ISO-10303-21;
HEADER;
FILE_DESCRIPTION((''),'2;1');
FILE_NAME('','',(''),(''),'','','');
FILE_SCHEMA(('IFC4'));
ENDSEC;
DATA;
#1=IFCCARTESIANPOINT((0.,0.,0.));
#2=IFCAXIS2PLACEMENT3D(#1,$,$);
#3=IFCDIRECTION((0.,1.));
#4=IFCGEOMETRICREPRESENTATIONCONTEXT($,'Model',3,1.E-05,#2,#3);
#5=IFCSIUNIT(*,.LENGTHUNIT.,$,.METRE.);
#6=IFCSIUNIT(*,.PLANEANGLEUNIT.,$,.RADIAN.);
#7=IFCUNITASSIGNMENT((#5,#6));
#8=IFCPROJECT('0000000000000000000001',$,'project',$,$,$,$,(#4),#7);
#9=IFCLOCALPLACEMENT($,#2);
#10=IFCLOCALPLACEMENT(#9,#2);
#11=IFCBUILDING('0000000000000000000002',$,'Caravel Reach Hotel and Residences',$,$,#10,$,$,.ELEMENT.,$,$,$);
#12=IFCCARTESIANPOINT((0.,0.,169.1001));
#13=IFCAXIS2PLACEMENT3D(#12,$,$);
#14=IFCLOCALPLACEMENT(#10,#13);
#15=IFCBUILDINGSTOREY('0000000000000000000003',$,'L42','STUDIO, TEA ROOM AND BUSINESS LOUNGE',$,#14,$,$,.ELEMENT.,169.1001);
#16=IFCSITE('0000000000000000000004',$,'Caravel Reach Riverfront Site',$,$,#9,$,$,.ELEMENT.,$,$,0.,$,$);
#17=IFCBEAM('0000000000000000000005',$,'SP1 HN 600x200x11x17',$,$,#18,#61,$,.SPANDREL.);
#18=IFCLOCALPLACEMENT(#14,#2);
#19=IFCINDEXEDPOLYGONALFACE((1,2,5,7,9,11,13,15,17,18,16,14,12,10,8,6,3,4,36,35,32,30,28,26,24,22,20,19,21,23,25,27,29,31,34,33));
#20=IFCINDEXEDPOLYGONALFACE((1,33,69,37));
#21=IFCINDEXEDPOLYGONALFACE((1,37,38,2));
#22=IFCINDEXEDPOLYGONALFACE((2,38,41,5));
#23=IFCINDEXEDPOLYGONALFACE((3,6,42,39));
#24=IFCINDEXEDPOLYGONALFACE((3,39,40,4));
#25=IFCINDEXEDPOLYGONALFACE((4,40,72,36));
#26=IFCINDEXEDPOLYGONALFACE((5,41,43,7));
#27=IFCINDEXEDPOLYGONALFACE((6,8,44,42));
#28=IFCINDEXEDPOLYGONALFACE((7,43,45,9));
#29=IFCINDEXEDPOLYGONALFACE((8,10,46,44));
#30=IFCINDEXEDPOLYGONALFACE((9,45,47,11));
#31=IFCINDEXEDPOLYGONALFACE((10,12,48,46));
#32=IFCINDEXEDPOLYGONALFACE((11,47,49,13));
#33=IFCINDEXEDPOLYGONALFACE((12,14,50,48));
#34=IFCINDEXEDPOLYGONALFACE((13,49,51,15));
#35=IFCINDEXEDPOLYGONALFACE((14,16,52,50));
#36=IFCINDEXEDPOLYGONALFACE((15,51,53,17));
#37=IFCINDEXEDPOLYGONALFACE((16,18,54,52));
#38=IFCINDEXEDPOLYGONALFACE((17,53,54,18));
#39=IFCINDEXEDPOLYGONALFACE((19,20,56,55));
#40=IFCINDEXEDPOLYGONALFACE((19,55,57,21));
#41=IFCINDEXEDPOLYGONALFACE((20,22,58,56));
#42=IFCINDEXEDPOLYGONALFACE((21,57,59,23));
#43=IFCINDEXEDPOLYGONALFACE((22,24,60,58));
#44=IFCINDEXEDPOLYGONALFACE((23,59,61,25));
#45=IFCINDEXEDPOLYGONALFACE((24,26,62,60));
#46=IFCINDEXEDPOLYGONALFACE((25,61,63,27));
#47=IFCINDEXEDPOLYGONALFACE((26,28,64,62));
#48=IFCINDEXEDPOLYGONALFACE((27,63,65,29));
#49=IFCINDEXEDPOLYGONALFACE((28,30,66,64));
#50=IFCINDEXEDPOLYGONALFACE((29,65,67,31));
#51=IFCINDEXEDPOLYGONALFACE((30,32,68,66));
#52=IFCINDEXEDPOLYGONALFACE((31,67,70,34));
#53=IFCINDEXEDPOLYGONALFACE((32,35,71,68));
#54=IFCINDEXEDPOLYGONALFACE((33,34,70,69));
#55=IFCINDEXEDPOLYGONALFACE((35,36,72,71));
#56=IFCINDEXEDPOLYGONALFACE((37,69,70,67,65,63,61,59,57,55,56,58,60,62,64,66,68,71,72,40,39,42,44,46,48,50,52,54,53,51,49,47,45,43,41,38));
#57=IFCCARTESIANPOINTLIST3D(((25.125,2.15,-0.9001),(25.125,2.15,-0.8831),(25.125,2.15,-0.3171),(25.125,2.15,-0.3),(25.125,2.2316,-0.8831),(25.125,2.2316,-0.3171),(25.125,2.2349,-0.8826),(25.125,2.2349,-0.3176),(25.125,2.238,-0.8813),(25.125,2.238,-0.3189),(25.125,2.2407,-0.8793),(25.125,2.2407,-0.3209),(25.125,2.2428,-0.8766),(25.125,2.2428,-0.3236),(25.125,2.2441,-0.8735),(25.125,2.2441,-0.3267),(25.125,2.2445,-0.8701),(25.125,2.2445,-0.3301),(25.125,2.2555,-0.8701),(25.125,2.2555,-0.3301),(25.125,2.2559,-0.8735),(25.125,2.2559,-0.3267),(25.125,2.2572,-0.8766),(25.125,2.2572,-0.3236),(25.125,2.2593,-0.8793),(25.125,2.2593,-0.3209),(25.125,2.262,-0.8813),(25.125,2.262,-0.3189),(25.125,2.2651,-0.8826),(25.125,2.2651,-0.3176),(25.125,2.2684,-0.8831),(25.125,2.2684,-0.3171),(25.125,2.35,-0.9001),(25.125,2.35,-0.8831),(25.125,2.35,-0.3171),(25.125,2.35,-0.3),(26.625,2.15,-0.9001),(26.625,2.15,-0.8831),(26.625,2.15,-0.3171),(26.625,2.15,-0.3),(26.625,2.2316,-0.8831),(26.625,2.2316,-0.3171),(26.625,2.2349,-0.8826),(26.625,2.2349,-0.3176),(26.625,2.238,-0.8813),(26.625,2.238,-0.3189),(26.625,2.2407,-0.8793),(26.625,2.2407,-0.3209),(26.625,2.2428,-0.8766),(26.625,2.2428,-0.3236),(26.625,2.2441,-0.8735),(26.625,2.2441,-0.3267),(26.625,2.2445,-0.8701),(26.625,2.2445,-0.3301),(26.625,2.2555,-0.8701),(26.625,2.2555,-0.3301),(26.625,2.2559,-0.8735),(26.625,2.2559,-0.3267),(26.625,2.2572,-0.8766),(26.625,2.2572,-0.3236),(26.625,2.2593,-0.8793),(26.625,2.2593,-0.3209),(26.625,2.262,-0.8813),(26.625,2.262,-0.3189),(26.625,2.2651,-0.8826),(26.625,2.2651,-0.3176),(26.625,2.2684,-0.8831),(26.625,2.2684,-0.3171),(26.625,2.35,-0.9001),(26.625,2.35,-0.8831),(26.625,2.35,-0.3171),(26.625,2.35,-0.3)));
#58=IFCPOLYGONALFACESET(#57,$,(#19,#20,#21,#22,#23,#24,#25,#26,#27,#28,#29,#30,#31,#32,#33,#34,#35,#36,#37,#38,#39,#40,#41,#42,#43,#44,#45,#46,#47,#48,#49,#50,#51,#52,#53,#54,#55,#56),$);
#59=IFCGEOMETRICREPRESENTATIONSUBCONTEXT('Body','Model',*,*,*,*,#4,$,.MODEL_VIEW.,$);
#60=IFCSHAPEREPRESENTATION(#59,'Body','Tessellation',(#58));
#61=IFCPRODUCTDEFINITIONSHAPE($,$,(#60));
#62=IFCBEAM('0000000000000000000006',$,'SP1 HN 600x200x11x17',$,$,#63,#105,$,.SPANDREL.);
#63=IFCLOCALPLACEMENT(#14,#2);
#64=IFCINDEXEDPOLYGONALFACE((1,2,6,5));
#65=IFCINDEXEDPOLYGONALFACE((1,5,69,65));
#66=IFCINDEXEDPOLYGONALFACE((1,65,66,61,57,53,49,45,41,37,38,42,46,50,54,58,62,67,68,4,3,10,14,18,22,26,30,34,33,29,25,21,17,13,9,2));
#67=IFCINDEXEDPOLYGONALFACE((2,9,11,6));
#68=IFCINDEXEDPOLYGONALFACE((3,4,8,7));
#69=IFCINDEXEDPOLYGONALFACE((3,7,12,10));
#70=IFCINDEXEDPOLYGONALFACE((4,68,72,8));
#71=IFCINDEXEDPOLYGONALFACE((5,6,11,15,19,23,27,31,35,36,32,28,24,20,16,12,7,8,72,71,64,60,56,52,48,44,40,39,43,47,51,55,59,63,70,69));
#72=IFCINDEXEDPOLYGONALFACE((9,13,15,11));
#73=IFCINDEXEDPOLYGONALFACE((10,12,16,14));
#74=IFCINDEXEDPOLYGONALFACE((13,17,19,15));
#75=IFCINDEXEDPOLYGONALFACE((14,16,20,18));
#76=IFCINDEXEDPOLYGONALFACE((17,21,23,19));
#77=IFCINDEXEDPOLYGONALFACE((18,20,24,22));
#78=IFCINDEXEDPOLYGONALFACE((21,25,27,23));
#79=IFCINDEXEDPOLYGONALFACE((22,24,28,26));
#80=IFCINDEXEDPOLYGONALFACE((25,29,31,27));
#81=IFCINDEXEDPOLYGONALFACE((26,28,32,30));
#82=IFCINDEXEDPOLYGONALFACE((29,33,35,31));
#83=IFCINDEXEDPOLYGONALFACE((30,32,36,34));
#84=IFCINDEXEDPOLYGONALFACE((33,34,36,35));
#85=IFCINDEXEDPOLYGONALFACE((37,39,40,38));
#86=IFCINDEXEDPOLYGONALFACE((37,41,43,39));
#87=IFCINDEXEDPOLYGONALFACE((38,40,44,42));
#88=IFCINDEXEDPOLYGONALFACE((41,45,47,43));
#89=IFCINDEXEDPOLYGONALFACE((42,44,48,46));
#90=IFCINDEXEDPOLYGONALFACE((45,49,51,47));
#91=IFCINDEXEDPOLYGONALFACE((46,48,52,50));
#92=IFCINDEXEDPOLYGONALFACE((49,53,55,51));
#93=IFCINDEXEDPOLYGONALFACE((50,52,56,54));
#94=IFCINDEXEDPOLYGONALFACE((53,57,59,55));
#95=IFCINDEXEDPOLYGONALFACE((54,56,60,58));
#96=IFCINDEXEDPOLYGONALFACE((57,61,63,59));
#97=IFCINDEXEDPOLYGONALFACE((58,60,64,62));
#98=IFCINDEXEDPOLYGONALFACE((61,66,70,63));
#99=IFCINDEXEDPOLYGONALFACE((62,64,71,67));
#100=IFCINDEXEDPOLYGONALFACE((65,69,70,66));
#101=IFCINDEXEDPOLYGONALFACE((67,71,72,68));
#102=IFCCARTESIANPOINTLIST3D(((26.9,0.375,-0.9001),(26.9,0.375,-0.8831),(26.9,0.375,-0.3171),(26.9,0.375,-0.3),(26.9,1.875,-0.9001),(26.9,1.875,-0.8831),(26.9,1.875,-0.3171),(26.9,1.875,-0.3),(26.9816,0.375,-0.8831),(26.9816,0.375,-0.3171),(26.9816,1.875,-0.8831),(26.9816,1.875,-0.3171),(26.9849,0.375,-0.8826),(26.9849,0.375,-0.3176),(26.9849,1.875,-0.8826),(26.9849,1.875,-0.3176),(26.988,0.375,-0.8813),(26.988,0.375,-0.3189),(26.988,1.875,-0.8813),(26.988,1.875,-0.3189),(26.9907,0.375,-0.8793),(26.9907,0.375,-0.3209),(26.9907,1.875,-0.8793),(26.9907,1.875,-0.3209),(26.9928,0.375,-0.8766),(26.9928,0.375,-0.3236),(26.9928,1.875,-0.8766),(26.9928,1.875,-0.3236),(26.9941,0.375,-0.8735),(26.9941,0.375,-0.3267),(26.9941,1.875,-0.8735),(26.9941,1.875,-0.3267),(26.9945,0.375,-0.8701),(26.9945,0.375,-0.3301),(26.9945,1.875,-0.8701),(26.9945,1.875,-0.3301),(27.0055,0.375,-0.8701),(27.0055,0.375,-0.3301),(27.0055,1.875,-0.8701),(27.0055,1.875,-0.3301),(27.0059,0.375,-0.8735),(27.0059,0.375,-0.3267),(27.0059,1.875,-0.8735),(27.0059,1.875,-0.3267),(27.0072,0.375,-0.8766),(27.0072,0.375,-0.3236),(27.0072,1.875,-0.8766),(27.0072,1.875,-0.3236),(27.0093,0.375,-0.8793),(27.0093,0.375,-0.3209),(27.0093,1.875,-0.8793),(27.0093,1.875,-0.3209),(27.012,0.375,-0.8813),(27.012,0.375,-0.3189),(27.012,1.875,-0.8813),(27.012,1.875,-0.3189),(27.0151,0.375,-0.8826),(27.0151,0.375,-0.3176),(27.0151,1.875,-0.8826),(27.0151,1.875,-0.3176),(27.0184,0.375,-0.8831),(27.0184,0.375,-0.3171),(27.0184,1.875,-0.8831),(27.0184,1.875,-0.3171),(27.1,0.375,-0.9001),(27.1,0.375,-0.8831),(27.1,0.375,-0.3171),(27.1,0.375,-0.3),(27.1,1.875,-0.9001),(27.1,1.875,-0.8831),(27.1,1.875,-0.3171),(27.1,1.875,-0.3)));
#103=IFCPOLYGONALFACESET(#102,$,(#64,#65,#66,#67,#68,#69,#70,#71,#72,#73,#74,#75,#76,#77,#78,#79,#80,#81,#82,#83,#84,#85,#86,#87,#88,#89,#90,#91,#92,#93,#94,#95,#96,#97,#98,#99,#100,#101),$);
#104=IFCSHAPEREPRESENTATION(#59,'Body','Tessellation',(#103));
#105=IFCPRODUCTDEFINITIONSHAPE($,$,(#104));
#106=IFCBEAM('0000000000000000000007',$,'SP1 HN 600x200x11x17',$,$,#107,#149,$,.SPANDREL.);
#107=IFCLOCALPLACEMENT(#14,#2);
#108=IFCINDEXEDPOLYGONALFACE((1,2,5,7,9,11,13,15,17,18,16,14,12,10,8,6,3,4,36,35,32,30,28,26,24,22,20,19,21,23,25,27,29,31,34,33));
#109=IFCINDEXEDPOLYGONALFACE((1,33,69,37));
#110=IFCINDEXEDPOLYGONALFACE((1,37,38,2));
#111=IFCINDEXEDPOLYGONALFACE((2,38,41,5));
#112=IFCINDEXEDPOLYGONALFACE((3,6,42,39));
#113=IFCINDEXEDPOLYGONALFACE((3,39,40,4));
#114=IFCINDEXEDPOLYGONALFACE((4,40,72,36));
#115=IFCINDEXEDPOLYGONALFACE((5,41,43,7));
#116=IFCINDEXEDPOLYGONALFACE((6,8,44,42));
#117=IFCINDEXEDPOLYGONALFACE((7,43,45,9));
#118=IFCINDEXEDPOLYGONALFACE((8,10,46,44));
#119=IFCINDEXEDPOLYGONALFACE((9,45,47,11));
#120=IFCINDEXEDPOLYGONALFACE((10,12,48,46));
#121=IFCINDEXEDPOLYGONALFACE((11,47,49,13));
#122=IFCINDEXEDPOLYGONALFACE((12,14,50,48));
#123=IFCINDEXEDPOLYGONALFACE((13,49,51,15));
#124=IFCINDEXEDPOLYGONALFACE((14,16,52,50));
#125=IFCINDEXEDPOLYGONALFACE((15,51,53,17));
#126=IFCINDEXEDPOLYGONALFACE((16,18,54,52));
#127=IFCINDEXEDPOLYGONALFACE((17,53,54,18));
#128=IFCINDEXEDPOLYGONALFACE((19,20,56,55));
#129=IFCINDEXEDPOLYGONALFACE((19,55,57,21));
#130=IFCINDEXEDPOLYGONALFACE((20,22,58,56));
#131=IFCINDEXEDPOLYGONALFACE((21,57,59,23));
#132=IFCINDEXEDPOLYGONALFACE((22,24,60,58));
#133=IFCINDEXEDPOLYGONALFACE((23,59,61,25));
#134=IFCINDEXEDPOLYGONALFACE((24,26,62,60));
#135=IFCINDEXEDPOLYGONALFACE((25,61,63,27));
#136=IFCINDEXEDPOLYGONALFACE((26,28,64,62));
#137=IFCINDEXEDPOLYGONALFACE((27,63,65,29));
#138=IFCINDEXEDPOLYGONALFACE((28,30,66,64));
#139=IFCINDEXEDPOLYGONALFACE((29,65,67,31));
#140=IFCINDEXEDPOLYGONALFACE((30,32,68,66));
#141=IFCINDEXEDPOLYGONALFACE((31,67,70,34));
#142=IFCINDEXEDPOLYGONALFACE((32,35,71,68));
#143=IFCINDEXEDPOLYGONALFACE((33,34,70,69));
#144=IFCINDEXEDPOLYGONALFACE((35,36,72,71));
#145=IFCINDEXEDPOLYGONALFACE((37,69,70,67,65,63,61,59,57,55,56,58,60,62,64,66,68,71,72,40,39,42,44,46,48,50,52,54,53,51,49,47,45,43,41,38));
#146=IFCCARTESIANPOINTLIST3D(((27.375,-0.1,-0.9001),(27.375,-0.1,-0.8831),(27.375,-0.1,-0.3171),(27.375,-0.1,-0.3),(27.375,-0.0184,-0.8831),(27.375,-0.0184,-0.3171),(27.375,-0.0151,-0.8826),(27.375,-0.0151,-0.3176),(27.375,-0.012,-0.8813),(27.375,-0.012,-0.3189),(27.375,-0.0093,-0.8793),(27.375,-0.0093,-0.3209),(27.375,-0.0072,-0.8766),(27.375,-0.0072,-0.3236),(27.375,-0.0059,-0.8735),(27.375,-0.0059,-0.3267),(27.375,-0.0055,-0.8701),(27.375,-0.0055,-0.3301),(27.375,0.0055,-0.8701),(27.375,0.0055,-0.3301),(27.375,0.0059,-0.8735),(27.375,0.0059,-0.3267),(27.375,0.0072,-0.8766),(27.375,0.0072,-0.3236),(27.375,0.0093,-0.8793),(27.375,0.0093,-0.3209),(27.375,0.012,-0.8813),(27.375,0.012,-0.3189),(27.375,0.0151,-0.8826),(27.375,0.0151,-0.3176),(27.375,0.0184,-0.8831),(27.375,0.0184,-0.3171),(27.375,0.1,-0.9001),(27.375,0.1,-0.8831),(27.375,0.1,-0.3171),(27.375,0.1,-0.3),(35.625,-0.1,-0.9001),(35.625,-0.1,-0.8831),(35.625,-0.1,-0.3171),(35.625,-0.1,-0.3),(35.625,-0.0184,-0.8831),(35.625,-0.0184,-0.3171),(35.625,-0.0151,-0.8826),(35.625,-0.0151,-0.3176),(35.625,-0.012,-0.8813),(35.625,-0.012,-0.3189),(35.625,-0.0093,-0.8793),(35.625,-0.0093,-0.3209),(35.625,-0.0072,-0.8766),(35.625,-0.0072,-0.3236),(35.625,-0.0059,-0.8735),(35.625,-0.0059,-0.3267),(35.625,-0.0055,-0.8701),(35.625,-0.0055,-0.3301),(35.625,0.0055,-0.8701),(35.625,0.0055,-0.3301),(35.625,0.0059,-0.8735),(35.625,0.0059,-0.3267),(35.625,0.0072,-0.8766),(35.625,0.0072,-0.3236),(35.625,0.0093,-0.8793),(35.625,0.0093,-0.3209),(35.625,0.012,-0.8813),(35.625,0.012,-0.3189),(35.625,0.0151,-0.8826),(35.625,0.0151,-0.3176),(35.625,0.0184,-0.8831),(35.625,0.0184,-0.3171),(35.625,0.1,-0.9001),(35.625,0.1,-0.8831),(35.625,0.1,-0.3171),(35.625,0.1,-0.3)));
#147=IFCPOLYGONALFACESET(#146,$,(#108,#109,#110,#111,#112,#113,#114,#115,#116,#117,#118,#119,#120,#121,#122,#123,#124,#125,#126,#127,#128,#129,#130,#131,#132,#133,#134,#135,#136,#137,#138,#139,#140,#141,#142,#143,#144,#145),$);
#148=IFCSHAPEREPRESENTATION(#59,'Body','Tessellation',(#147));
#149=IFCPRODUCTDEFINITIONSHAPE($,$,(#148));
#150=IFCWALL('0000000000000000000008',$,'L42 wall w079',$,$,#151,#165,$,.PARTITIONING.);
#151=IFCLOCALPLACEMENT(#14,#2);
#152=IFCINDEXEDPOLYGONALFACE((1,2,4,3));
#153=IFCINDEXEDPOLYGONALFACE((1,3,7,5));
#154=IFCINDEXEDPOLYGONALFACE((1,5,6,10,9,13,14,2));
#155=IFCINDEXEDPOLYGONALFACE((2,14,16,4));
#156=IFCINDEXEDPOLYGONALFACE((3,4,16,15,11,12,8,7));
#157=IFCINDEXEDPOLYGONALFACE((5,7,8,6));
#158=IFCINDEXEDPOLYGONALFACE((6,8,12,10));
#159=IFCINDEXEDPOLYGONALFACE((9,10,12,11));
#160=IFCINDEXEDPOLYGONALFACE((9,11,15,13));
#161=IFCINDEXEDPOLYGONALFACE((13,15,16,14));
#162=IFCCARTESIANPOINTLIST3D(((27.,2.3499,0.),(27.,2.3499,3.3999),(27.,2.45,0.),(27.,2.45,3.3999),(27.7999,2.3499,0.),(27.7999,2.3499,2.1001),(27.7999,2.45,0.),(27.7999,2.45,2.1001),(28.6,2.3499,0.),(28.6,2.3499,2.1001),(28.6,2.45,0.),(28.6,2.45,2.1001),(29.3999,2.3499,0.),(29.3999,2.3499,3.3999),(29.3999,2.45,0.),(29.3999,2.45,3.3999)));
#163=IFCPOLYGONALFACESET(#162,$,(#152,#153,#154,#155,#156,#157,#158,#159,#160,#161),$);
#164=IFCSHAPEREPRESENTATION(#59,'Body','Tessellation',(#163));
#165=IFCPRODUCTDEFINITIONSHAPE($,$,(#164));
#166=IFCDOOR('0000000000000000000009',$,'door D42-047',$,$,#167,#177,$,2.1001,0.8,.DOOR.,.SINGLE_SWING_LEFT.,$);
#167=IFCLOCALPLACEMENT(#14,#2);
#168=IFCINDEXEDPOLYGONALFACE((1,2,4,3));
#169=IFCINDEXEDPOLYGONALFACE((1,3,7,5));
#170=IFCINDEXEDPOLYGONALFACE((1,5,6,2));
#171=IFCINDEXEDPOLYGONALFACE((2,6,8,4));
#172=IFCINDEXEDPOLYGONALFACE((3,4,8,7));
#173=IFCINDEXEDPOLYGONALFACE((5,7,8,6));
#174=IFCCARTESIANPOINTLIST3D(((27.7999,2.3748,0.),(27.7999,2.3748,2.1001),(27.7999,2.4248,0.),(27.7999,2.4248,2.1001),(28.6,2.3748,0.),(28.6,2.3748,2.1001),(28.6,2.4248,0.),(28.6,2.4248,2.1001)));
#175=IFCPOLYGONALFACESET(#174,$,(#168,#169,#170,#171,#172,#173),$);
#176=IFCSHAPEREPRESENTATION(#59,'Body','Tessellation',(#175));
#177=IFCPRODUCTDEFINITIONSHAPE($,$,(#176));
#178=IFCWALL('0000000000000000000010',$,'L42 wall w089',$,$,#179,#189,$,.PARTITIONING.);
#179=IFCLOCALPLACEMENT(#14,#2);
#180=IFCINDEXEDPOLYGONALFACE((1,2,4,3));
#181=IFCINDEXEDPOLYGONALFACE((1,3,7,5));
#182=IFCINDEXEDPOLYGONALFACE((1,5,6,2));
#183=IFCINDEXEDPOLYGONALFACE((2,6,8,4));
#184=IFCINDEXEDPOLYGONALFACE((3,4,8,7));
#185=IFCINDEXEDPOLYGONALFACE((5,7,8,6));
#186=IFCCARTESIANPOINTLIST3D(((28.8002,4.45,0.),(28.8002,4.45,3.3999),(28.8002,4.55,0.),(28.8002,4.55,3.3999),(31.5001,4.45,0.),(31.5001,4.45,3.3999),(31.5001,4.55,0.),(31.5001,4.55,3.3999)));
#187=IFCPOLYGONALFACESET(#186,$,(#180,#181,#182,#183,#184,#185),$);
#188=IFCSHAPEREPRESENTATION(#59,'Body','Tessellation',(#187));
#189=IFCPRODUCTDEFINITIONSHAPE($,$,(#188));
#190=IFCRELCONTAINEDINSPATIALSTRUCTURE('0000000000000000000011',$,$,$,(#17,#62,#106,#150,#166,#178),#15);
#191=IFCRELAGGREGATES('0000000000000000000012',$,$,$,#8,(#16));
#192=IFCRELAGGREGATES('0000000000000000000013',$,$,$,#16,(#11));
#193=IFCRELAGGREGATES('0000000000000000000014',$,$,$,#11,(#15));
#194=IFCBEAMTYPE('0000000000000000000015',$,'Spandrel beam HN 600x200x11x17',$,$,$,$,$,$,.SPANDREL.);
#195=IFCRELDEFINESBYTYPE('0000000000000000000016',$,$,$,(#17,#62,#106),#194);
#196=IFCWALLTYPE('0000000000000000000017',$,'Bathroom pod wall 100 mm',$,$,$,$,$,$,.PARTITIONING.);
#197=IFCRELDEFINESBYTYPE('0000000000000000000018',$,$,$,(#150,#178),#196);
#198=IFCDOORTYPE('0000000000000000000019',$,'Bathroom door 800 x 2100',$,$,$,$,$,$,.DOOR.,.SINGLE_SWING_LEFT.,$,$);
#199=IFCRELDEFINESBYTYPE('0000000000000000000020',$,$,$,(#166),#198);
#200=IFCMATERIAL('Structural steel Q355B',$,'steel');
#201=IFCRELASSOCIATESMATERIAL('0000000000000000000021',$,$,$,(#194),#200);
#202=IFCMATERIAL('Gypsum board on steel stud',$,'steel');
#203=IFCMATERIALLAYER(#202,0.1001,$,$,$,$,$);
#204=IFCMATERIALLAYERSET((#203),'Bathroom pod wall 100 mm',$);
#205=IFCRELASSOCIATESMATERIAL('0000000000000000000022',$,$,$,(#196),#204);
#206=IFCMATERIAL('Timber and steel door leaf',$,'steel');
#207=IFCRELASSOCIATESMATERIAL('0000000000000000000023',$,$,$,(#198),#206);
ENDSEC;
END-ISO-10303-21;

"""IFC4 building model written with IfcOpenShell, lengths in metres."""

from ifc_helpers import new_model, si_unit, direction, frame, frame_2d, origin, origin_2d, place, context, subcontext, project, spatial, rectangle, i_section, extrude, material, layer, layer_set, material_profile, profile_set, type_object, element, fill, save


model = new_model("IFC4")

# Units and contexts
model_context = context("Model", 3, precision=1e-05, world=origin(), true_north=direction((0.0, 1.0)))
body_context = subcontext(model_context, "Body", "Model", "MODEL_VIEW")
ifc_project = project(units=[si_unit("LENGTHUNIT", "METRE"), si_unit("PLANEANGLEUNIT", "RADIAN")], contexts=[model_context])

# Site, building, storey
site_placement = place(None, origin())
site = spatial("IfcSite", under=ifc_project, at=site_placement, Name="Caravel Reach Riverfront Site", CompositionType="ELEMENT", RefElevation=0.0)
building_placement = place(site_placement, origin())
building = spatial("IfcBuilding", under=site, at=building_placement, Name="Caravel Reach Hotel and Residences", CompositionType="ELEMENT")
storey_placement = place(building_placement, frame((0.0, 0.0, 169.1001)))
storey = spatial("IfcBuildingStorey", under=building, at=storey_placement, Name="L42", Description="STUDIO, TEA ROOM AND BUSINESS LOUNGE", CompositionType="ELEMENT", Elevation=169.1001)

# Beams
ifc_material_1 = material(Name="Structural steel Q355B", Category="steel")
ifc_material_profile_1 = material_profile(ifc_material_1, i_section(OverallWidth=0.2, OverallDepth=0.6001, WebThickness=0.011, FlangeThickness=0.0171, FilletRadius=0.0129, at=origin_2d()), Name="HN 600x200x11x17")
ifc_profile_set_1 = profile_set([ifc_material_profile_1], Name="Structural steel Q355B")
beam_type = type_object("IfcBeamType", Name="Spandrel beam HN 600x200x11x17", PredefinedType="SPANDREL", material=ifc_profile_set_1)
for number, where, z_axis, x_axis, name in (
    (1, (25.125, 2.25, -0.6001), (1.0, 0.0, 0.0), (0.0, 1.0, 0.0), "SP1 HN 600x200x11x17"),
    (2, (27.0, 1.875, -0.6001), (0.0, -1.0, 0.0), (1.0, 0.0, 0.0), "SP1 HN 600x200x11x17"),
):
    element("IfcBeam", number, at=place(storey_placement, frame(where, z_axis=z_axis, x_axis=x_axis)), inside=storey, type_object=beam_type, Name=name, PredefinedType="SPANDREL", context=body_context, shape_type="SweptSolid", body=[
        extrude(i_section(OverallWidth=0.2, OverallDepth=0.6001, WebThickness=0.011, FlangeThickness=0.0171, FilletRadius=0.0129, at=origin_2d()), origin(), (0.0, 0.0, 1.0), 1.5),
    ])
beam_placement = place(storey_placement, frame((27.375, 0.0, -0.6001), z_axis=(1.0, 0.0, 0.0), x_axis=(0.0, 1.0, 0.0)))
element("IfcBeam", 3, at=beam_placement, inside=storey, type_object=beam_type, Name="SP1 HN 600x200x11x17", PredefinedType="SPANDREL", context=body_context, shape_type="SweptSolid", body=[
    extrude(i_section(OverallWidth=0.2, OverallDepth=0.6001, WebThickness=0.011, FlangeThickness=0.0171, FilletRadius=0.0129, at=origin_2d()), origin(), (0.0, 0.0, 1.0), 8.25),
])

# Wall, opening, door
ifc_material_2 = material(Name="Gypsum board on steel stud", Category="steel")
ifc_layer_1 = layer(ifc_material_2, 0.1001)
ifc_layer_set_1 = layer_set([ifc_layer_1], Name="Bathroom pod wall 100 mm")
wall_type_1 = type_object("IfcWallType", Name="Bathroom pod wall 100 mm", PredefinedType="PARTITIONING", material=ifc_layer_set_1)
wall_1_placement = place(storey_placement, frame((27.0, 2.3999, 0.0), z_axis=(0.0, 0.0, 1.0), x_axis=(1.0, 0.0, 0.0)))
wall_1 = element("IfcWall", 4, at=wall_1_placement, inside=storey, type_object=wall_type_1, Name="L42 wall w079", PredefinedType="PARTITIONING", context=body_context, shape_type="SweptSolid", body=[
    extrude(rectangle(XDim=2.3999, YDim=0.1001, at=frame_2d((1.2, 0.0))), origin(), (0.0, 0.0, 1.0), 3.3999),
])
opening_1_placement = place(wall_1_placement, frame((0.8, 0.0, 0.0)))
opening_1 = element("IfcOpeningElement", 5, at=opening_1_placement, cuts=wall_1, PredefinedType="OPENING", context=body_context, shape_type="SweptSolid", body=[
    extrude(rectangle(XDim=0.8, YDim=2.1001, at=frame_2d((0.3999, 1.05))), frame((0.0, 0.0601, 0.0), z_axis=(0.0, -1.0, 0.0), x_axis=(1.0, 0.0, 0.0)), (0.0, 0.0, 1.0), 0.1201),
])
ifc_material_3 = material(Name="Timber and steel door leaf", Category="steel")
door_type = type_object("IfcDoorType", Name="Bathroom door 800 x 2100", OperationType="SINGLE_SWING_LEFT", PredefinedType="DOOR", material=ifc_material_3)
door_placement = place(opening_1_placement, origin())
door = element("IfcDoor", 6, at=door_placement, inside=storey, type_object=door_type, Name="door D42-047", OperationType="SINGLE_SWING_LEFT", OverallHeight=2.1001, OverallWidth=0.8, PredefinedType="DOOR", context=body_context, shape_type="SweptSolid", body=[
    extrude(rectangle(XDim=0.8, YDim=2.1001, at=frame_2d((0.3999, 1.05))), frame((0.0, 0.0249, 0.0), z_axis=(0.0, -1.0, 0.0), x_axis=(1.0, 0.0, 0.0)), (0.0, 0.0, 1.0), 0.05),
])
fill(opening_1, door)

# Wall
wall_2_placement = place(storey_placement, frame((28.8, 4.5, 0.0), z_axis=(0.0, 0.0, 1.0), x_axis=(1.0, 0.0, 0.0)))
element("IfcWall", 7, at=wall_2_placement, inside=storey, type_object=wall_type_1, Name="L42 wall w089", PredefinedType="PARTITIONING", context=body_context, shape_type="SweptSolid", body=[
    extrude(rectangle(XDim=2.7, YDim=0.1001, at=frame_2d((1.3501, 0.0))), origin(), (0.0, 0.0, 1.0), 3.3999),
])

save(model, "model.ifc")
